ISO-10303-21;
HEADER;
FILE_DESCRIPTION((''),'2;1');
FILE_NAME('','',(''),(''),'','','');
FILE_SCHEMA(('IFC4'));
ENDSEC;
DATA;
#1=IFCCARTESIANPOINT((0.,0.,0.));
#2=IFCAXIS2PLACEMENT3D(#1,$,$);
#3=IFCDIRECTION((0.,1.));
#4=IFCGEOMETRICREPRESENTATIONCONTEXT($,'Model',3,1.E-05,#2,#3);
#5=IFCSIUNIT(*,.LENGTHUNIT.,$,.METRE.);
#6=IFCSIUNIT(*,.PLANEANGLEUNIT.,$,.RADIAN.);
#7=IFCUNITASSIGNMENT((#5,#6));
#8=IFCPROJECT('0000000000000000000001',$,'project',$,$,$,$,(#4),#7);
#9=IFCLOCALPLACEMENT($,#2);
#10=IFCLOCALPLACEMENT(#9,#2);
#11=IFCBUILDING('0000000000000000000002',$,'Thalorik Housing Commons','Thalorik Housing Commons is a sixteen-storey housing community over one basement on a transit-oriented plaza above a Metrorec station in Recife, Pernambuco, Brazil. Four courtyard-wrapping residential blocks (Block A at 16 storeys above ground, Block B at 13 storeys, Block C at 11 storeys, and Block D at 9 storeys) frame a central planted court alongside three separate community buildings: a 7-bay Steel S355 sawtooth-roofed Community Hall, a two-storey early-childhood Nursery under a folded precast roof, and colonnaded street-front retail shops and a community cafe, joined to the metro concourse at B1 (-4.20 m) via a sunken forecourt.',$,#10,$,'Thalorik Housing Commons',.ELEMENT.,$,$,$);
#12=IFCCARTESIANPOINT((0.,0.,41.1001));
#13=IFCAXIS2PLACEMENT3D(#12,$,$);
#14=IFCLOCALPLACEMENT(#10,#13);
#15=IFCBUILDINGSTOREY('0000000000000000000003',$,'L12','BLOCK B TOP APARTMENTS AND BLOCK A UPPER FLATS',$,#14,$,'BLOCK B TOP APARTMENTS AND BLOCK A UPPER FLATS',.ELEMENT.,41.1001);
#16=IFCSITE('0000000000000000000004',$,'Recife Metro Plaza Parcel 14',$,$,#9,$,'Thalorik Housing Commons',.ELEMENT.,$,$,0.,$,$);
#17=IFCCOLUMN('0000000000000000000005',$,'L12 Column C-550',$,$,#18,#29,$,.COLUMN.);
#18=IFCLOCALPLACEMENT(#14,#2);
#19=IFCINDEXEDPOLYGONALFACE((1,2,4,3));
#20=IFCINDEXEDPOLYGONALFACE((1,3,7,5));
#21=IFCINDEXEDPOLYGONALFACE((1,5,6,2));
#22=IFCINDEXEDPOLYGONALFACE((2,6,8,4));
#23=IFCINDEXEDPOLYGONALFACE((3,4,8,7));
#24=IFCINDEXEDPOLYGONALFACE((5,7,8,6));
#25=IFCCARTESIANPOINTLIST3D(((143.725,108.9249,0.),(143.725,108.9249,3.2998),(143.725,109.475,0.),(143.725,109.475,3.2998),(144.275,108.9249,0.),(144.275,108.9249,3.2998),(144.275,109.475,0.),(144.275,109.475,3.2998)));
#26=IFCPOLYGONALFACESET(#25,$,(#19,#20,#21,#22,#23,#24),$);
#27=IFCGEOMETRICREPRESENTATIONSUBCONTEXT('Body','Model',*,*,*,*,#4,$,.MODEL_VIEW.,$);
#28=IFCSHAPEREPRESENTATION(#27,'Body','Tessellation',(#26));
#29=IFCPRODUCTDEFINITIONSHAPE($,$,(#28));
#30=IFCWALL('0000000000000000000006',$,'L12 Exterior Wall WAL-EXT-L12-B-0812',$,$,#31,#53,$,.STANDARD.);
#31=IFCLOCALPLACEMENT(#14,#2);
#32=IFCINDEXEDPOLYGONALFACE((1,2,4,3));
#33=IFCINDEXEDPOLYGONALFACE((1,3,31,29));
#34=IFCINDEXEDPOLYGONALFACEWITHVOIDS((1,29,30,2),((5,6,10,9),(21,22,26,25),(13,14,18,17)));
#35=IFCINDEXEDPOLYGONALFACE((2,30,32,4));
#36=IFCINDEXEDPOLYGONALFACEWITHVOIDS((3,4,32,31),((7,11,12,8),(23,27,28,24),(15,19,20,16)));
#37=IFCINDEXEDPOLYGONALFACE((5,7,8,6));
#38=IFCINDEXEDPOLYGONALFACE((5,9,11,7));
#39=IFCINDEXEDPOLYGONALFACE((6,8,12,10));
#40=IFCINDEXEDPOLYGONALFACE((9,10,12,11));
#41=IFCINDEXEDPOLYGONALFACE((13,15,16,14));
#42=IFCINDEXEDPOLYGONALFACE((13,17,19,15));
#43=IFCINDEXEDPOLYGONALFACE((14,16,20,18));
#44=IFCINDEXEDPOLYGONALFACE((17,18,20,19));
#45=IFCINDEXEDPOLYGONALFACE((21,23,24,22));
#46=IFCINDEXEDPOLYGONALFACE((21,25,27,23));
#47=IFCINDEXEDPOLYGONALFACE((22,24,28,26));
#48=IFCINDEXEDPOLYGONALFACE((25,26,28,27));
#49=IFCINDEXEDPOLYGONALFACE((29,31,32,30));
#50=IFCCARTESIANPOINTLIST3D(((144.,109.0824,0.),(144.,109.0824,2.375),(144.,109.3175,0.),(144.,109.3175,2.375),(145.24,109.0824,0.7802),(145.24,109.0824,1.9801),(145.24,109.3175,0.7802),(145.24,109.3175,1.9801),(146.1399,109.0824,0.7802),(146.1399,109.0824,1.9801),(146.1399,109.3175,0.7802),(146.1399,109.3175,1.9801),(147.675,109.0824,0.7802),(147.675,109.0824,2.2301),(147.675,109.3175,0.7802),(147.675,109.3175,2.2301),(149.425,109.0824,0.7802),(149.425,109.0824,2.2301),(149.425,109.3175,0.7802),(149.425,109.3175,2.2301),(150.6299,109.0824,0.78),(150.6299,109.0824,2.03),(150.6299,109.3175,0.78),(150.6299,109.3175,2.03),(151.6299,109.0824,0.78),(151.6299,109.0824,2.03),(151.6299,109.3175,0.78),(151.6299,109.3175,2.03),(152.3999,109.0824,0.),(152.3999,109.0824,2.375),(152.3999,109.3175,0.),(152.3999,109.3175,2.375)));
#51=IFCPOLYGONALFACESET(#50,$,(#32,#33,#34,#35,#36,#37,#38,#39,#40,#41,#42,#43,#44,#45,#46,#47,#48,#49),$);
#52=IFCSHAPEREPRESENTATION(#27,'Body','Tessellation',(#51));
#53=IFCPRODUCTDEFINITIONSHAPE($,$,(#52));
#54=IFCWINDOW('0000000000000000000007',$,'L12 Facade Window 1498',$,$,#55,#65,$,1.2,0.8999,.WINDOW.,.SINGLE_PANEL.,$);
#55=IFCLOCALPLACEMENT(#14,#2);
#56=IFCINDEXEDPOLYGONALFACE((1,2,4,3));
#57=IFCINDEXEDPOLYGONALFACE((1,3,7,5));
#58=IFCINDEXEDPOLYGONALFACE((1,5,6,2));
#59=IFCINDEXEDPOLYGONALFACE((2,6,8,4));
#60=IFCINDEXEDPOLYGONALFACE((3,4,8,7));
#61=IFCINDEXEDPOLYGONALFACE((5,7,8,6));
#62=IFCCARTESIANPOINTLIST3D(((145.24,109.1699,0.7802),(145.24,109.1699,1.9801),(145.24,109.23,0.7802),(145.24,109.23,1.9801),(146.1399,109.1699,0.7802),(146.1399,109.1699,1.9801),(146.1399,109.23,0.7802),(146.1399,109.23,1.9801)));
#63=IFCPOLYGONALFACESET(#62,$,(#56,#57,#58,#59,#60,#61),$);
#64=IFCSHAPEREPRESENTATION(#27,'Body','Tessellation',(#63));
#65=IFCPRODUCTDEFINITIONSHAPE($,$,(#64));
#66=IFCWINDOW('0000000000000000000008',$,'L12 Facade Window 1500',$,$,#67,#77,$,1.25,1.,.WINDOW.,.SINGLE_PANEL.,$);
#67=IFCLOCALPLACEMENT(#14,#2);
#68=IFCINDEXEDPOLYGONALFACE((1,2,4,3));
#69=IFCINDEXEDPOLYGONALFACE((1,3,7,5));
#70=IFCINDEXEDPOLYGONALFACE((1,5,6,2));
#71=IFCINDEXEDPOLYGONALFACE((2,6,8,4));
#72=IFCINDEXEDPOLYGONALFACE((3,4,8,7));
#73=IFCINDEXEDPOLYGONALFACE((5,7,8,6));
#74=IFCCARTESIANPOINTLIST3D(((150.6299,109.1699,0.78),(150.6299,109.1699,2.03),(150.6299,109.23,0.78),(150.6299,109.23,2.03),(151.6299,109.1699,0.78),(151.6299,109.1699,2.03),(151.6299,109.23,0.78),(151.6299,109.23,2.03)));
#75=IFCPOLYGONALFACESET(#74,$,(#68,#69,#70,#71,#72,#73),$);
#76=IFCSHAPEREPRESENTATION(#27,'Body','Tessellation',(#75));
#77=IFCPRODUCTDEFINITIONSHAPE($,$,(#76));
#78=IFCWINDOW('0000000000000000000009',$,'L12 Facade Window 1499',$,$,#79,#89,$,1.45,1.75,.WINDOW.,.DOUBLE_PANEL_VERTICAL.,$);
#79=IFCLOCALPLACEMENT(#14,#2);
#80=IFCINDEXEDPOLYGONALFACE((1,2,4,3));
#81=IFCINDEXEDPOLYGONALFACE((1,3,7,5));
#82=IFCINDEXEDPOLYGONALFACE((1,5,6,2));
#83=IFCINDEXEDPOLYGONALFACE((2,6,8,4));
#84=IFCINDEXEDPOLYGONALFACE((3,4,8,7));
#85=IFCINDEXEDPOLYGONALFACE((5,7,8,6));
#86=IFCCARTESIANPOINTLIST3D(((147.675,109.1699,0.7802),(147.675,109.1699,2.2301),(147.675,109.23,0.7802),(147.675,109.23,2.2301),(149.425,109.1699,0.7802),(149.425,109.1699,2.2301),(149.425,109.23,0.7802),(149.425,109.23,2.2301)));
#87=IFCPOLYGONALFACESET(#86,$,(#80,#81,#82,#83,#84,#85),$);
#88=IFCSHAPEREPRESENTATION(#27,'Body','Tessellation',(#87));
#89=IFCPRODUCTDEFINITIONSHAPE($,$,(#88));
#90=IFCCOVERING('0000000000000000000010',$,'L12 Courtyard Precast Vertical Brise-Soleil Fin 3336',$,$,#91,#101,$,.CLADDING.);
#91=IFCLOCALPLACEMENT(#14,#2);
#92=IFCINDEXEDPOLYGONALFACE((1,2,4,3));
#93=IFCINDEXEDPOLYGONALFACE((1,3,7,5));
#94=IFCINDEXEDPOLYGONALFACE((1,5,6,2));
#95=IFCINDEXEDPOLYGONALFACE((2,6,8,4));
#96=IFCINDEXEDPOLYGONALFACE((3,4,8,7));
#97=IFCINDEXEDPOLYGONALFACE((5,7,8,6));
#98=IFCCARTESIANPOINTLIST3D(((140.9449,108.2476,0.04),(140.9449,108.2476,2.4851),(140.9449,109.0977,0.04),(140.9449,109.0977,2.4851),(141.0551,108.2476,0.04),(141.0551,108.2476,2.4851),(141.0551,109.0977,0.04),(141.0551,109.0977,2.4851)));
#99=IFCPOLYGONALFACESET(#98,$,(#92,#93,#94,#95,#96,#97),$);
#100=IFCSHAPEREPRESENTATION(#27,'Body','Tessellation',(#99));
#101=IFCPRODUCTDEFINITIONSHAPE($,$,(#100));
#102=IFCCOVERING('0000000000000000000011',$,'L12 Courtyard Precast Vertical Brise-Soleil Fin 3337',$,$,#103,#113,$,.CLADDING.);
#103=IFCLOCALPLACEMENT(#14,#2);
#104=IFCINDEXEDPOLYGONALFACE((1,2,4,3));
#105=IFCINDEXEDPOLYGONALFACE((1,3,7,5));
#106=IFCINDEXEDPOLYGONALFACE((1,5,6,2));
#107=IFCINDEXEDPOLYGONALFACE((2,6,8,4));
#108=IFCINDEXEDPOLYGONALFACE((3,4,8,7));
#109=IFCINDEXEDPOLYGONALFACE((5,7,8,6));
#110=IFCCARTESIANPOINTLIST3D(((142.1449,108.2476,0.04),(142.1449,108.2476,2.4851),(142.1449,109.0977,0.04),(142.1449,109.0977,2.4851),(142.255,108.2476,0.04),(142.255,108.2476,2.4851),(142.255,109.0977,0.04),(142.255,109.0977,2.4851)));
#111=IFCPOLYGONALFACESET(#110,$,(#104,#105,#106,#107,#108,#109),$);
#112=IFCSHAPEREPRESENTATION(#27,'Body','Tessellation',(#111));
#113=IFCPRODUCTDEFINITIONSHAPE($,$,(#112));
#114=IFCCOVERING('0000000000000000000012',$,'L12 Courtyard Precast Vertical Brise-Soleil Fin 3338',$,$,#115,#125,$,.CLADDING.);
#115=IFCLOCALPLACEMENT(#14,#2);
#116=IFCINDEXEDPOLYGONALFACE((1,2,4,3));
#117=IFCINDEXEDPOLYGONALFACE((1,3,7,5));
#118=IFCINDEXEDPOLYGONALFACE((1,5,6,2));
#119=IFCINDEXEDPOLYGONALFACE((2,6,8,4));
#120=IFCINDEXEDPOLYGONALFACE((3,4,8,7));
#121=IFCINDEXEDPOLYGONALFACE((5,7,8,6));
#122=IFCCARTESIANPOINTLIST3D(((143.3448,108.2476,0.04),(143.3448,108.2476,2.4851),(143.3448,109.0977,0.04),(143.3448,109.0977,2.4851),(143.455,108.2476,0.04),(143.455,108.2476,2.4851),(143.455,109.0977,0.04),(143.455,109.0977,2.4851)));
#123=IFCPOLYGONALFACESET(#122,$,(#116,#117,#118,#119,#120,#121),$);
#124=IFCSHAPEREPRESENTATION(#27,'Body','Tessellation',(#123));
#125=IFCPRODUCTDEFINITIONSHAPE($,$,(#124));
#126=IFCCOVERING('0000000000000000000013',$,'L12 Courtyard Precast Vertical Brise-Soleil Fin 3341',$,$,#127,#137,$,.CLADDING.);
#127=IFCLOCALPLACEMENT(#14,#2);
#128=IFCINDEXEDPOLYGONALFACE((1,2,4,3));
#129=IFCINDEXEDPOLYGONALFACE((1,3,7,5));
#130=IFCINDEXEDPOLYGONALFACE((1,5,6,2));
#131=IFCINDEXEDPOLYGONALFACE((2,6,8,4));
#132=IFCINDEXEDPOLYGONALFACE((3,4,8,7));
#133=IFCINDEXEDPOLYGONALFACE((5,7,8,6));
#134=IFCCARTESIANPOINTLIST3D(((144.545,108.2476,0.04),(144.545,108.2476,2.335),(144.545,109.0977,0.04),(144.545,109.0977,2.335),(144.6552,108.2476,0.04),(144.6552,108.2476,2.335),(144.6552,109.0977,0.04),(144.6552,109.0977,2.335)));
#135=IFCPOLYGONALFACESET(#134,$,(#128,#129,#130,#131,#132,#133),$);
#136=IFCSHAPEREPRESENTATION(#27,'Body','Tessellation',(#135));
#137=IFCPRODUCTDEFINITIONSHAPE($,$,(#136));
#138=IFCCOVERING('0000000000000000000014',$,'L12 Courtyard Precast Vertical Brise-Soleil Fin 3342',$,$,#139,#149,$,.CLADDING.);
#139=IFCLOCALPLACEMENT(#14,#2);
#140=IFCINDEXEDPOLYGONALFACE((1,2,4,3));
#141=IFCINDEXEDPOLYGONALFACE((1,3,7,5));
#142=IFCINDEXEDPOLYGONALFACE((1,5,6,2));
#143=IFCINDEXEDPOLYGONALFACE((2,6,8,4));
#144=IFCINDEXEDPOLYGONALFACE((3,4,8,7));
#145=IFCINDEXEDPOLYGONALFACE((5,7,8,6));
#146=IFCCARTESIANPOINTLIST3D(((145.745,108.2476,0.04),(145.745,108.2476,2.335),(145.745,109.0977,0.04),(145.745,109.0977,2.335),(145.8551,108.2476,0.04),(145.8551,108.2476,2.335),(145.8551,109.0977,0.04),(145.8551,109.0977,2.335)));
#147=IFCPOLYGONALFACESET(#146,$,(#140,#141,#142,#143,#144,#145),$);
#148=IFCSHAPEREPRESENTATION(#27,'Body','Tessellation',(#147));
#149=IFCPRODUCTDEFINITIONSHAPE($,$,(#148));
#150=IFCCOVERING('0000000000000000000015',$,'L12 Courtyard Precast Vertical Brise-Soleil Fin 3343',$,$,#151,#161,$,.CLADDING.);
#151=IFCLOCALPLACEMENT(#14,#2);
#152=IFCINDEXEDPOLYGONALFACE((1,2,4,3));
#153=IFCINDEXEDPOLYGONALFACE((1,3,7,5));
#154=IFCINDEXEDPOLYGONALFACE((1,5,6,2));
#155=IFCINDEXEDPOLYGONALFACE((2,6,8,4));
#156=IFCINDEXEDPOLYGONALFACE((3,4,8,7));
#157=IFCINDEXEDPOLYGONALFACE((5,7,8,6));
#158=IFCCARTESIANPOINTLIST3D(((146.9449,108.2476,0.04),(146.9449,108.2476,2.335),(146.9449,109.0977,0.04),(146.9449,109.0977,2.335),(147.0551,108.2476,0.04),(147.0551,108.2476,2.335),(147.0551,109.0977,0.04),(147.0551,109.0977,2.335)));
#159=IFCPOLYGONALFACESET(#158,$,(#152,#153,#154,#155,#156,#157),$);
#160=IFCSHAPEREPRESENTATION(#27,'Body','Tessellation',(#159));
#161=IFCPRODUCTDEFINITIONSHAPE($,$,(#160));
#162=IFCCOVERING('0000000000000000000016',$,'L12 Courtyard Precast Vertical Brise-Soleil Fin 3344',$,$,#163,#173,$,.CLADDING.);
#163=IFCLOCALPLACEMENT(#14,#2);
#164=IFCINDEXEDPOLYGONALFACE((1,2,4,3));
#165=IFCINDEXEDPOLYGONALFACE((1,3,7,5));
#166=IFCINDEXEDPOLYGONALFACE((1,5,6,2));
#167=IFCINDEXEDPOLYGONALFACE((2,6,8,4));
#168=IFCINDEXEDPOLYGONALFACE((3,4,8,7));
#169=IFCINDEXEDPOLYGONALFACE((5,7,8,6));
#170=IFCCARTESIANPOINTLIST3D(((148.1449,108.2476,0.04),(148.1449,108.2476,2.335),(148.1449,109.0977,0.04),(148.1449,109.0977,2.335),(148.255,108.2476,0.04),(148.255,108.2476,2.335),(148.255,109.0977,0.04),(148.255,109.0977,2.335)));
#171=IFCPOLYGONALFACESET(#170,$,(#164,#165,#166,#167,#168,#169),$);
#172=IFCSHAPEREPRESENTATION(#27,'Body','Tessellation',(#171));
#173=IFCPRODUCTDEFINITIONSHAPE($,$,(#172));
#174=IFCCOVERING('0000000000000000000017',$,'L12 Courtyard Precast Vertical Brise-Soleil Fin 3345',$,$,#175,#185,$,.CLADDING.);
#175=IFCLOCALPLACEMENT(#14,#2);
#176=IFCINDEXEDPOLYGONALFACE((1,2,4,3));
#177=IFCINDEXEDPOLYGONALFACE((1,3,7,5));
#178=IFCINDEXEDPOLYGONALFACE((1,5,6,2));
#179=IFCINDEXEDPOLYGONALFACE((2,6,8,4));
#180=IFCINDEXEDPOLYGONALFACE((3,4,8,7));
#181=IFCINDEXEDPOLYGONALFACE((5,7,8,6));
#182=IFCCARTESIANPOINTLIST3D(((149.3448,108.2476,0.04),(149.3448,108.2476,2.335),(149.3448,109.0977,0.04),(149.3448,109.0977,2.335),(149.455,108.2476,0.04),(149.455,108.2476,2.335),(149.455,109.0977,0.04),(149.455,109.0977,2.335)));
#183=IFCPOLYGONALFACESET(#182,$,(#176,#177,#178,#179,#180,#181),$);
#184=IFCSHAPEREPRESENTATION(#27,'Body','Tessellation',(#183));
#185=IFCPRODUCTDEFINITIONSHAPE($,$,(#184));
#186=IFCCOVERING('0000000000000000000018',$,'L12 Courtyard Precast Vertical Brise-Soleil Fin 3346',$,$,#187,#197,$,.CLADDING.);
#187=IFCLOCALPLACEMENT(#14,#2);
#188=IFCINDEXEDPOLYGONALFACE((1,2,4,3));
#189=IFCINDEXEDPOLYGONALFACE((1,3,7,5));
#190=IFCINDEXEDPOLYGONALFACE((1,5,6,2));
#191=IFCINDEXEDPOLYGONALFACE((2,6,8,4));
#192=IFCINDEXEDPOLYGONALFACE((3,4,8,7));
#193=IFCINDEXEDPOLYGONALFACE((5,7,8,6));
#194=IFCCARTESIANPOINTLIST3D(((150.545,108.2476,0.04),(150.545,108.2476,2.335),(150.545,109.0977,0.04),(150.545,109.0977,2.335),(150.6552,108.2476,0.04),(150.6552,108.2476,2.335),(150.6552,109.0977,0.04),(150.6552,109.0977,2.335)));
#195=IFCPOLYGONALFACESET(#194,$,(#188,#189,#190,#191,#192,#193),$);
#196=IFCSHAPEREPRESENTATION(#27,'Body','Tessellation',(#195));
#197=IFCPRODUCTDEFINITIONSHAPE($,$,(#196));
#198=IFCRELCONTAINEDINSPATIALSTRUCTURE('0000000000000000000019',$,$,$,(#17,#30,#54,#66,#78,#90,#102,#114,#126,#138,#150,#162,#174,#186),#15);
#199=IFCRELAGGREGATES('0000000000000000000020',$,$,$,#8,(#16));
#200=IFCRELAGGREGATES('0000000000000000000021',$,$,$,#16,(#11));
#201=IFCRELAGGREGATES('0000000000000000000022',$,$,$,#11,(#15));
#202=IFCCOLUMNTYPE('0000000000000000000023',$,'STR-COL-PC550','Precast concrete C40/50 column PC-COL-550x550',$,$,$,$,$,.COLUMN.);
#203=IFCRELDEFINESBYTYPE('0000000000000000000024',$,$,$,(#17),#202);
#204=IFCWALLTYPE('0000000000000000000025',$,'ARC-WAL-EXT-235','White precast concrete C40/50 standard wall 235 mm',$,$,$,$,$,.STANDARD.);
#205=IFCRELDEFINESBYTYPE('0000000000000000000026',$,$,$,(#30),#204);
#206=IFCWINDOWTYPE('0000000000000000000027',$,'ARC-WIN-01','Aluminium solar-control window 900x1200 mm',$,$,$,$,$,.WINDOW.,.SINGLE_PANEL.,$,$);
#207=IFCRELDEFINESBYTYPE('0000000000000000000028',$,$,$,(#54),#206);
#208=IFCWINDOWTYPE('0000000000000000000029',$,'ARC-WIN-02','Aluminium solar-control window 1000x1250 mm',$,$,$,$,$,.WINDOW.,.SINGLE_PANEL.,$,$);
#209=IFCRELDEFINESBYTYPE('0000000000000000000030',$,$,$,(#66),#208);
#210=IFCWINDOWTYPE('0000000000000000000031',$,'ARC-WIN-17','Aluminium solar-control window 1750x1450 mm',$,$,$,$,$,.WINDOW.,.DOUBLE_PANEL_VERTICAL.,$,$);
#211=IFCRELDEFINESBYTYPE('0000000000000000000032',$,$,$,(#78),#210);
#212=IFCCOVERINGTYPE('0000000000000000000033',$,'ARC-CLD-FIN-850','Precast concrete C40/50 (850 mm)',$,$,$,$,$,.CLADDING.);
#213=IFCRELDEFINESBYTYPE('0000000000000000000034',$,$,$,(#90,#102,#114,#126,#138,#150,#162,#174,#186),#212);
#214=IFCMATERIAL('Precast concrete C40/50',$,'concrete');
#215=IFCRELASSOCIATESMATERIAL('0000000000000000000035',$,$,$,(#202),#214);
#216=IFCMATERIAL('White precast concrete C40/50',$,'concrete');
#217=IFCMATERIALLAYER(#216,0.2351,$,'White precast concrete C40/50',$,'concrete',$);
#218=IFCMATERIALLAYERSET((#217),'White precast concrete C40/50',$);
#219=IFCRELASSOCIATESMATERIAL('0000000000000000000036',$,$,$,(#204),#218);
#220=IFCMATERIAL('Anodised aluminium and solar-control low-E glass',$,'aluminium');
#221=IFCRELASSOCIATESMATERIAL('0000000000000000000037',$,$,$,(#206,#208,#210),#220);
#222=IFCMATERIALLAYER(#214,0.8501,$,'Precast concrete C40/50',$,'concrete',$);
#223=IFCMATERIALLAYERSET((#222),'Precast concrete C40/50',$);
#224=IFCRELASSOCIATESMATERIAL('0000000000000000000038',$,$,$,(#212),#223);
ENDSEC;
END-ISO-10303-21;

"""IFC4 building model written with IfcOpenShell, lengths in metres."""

from ifc_helpers import new_model, si_unit, direction, frame, frame_2d, origin, origin_2d, place, context, subcontext, project, spatial, rectangle, extrude, material, layer, layer_set, material_profile, profile_set, type_object, element, fill, save


model = new_model("IFC4")

# Units and contexts
model_context = context("Model", 3, precision=1e-05, world=origin(), true_north=direction((0.0, 1.0)))
body_context = subcontext(model_context, "Body", "Model", "MODEL_VIEW")
ifc_project = project(units=[si_unit("LENGTHUNIT", "METRE"), si_unit("PLANEANGLEUNIT", "RADIAN")], contexts=[model_context])

# Site, building, storey
site_placement = place(None, origin())
site = spatial("IfcSite", under=ifc_project, at=site_placement, Name="Recife Metro Plaza Parcel 14", LongName="Thalorik Housing Commons", CompositionType="ELEMENT", RefElevation=0.0)
building_placement = place(site_placement, origin())
building = spatial("IfcBuilding", under=site, at=building_placement, Name="Thalorik Housing Commons", Description="Thalorik Housing Commons is a sixteen-storey housing community over one basement on a transit-oriented plaza above a Metrorec station in Recife, Pernambuco, Brazil. Four courtyard-wrapping residential blocks (Block A at 16 storeys above ground, Block B at 13 storeys, Block C at 11 storeys, and Block D at 9 storeys) frame a central planted court alongside three separate community buildings: a 7-bay Steel S355 sawtooth-roofed Community Hall, a two-storey early-childhood Nursery under a folded precast roof, and colonnaded street-front retail shops and a community cafe, joined to the metro concourse at B1 (-4.20 m) via a sunken forecourt.", LongName="Thalorik Housing Commons", CompositionType="ELEMENT")
storey_placement = place(building_placement, frame((0.0, 0.0, 41.1001)))
storey = spatial("IfcBuildingStorey", under=building, at=storey_placement, Name="L12", Description="BLOCK B TOP APARTMENTS AND BLOCK A UPPER FLATS", LongName="BLOCK B TOP APARTMENTS AND BLOCK A UPPER FLATS", CompositionType="ELEMENT", Elevation=41.1001)

# Column
ifc_material_1 = material(Name="Precast concrete C40/50", Category="concrete")
ifc_material_profile = material_profile(ifc_material_1, rectangle(XDim=0.55, YDim=0.55, at=origin_2d()), Name="PC 550x550", Category="concrete")
ifc_profile_set = profile_set([ifc_material_profile], Name="Precast concrete C40/50")
column_type = type_object("IfcColumnType", Name="STR-COL-PC550", Description="Precast concrete C40/50 column PC-COL-550x550", PredefinedType="COLUMN", material=ifc_profile_set)
column_placement = place(storey_placement, frame((144.0, 109.2, 0.0), z_axis=(0.0, 0.0, 1.0), x_axis=(1.0, 0.0, 0.0)))
element("IfcColumn", 1, at=column_placement, inside=storey, type_object=column_type, Name="L12 Column C-550", PredefinedType="COLUMN", context=body_context, shape_type="SweptSolid", body=[
    extrude(rectangle(XDim=0.55, YDim=0.55, at=origin_2d()), origin(), (0.0, 0.0, 1.0), 3.2998),
])

# Wall, openings, windows
ifc_material_2 = material(Name="White precast concrete C40/50", Category="concrete")
ifc_layer_1 = layer(ifc_material_2, 0.2351, Name="White precast concrete C40/50", Category="concrete")
ifc_layer_set_1 = layer_set([ifc_layer_1], Name="White precast concrete C40/50")
wall_type = type_object("IfcWallType", Name="ARC-WAL-EXT-235", Description="White precast concrete C40/50 standard wall 235 mm", PredefinedType="STANDARD", material=ifc_layer_set_1)
wall_placement = place(storey_placement, frame((144.0, 109.2, 0.0), z_axis=(0.0, 0.0, 1.0), x_axis=(1.0, 0.0, 0.0)))
wall = element("IfcWall", 2, at=wall_placement, inside=storey, type_object=wall_type, Name="L12 Exterior Wall WAL-EXT-L12-B-0812", PredefinedType="STANDARD", context=body_context, shape_type="SweptSolid", body=[
    extrude(rectangle(XDim=8.3999, YDim=0.2351, at=frame_2d((4.2, 0.0))), origin(), (0.0, 0.0, 1.0), 2.375),
])
opening_1_placement = place(wall_placement, frame((1.24, 0.0, 0.78)))
opening_1 = element("IfcOpeningElement", 3, at=opening_1_placement, cuts=wall, PredefinedType="OPENING", context=body_context, shape_type="SweptSolid", body=[
    extrude(rectangle(XDim=0.8999, YDim=1.2, at=frame_2d((0.45, 0.6001))), frame((0.0, 0.1274, 0.0), z_axis=(0.0, -1.0, 0.0), x_axis=(1.0, 0.0, 0.0)), (0.0, 0.0, 1.0), 0.2551),
])
opening_2_placement = place(wall_placement, frame((3.675, 0.0, 0.78)))
opening_2 = element("IfcOpeningElement", 4, at=opening_2_placement, cuts=wall, PredefinedType="OPENING", context=body_context, shape_type="SweptSolid", body=[
    extrude(rectangle(XDim=1.75, YDim=1.45, at=frame_2d((0.875, 0.7251))), frame((0.0, 0.1274, 0.0), z_axis=(0.0, -1.0, 0.0), x_axis=(1.0, 0.0, 0.0)), (0.0, 0.0, 1.0), 0.2551),
])
opening_3_placement = place(wall_placement, frame((6.6299, 0.0, 0.78)))
opening_3 = element("IfcOpeningElement", 5, at=opening_3_placement, cuts=wall, PredefinedType="OPENING", context=body_context, shape_type="SweptSolid", body=[
    extrude(rectangle(XDim=1.0, YDim=1.25, at=frame_2d((0.5, 0.625))), frame((0.0, 0.1274, 0.0), z_axis=(0.0, -1.0, 0.0), x_axis=(1.0, 0.0, 0.0)), (0.0, 0.0, 1.0), 0.2551),
])
ifc_material_3 = material(Name="Anodised aluminium and solar-control low-E glass", Category="aluminium")
window_type_1 = type_object("IfcWindowType", Name="ARC-WIN-01", Description="Aluminium solar-control window 900x1200 mm", PartitioningType="SINGLE_PANEL", PredefinedType="WINDOW", material=ifc_material_3)
window_1_placement = place(opening_1_placement, origin())
window_1 = element("IfcWindow", 6, at=window_1_placement, inside=storey, type_object=window_type_1, Name="L12 Facade Window 1498", OverallHeight=1.2, OverallWidth=0.8999, PartitioningType="SINGLE_PANEL", PredefinedType="WINDOW", context=body_context, shape_type="SweptSolid", body=[
    extrude(rectangle(XDim=0.8999, YDim=1.2, at=frame_2d((0.45, 0.6001))), frame((0.0, 0.03, 0.0), z_axis=(0.0, -1.0, 0.0), x_axis=(1.0, 0.0, 0.0)), (0.0, 0.0, 1.0), 0.0601),
])
fill(opening_1, window_1)
window_type_2 = type_object("IfcWindowType", Name="ARC-WIN-02", Description="Aluminium solar-control window 1000x1250 mm", PartitioningType="SINGLE_PANEL", PredefinedType="WINDOW", material=ifc_material_3)
window_2_placement = place(opening_3_placement, origin())
window_2 = element("IfcWindow", 7, at=window_2_placement, inside=storey, type_object=window_type_2, Name="L12 Facade Window 1500", OverallHeight=1.25, OverallWidth=1.0, PartitioningType="SINGLE_PANEL", PredefinedType="WINDOW", context=body_context, shape_type="SweptSolid", body=[
    extrude(rectangle(XDim=1.0, YDim=1.25, at=frame_2d((0.5, 0.625))), frame((0.0, 0.03, 0.0), z_axis=(0.0, -1.0, 0.0), x_axis=(1.0, 0.0, 0.0)), (0.0, 0.0, 1.0), 0.0601),
])
fill(opening_3, window_2)
window_type_3 = type_object("IfcWindowType", Name="ARC-WIN-17", Description="Aluminium solar-control window 1750x1450 mm", PartitioningType="DOUBLE_PANEL_VERTICAL", PredefinedType="WINDOW", material=ifc_material_3)
window_3_placement = place(opening_2_placement, origin())
window_3 = element("IfcWindow", 8, at=window_3_placement, inside=storey, type_object=window_type_3, Name="L12 Facade Window 1499", OverallHeight=1.45, OverallWidth=1.75, PartitioningType="DOUBLE_PANEL_VERTICAL", PredefinedType="WINDOW", context=body_context, shape_type="SweptSolid", body=[
    extrude(rectangle(XDim=1.75, YDim=1.45, at=frame_2d((0.875, 0.7251))), frame((0.0, 0.03, 0.0), z_axis=(0.0, -1.0, 0.0), x_axis=(1.0, 0.0, 0.0)), (0.0, 0.0, 1.0), 0.0601),
])
fill(opening_2, window_3)

# Coverings
ifc_layer_2 = layer(ifc_material_1, 0.8501, Name="Precast concrete C40/50", Category="concrete")
ifc_layer_set_2 = layer_set([ifc_layer_2], Name="Precast concrete C40/50")
covering_type_1 = type_object("IfcCoveringType", Name="ARC-CLD-FIN-850", Description="Precast concrete C40/50 (850 mm)", PredefinedType="CLADDING", material=ifc_layer_set_2)
for number, where, z_axis, x_axis, name in (
    (9, (141.0, 108.6726, 0.04), (0.0, 0.0, 1.0), (1.0, 0.0, 0.0), "L12 Courtyard Precast Vertical Brise-Soleil Fin 3336"),
    (10, (142.2, 108.6726, 0.04), (0.0, 0.0, 1.0), (1.0, 0.0, 0.0), "L12 Courtyard Precast Vertical Brise-Soleil Fin 3337"),
    (11, (143.3999, 108.6726, 0.04), (0.0, 0.0, 1.0), (1.0, 0.0, 0.0), "L12 Courtyard Precast Vertical Brise-Soleil Fin 3338"),
):
    element("IfcCovering", number, at=place(storey_placement, frame(where, z_axis=z_axis, x_axis=x_axis)), inside=storey, type_object=covering_type_1, Name=name, PredefinedType="CLADDING", context=body_context, shape_type="SweptSolid", body=[
        extrude(rectangle(XDim=0.1101, YDim=0.8501, at=origin_2d()), origin(), (0.0, 0.0, 1.0), 2.4451),
    ])
for number, where, z_axis, x_axis, name in (
    (12, (144.6001, 108.6726, 0.04), (0.0, 0.0, 1.0), (1.0, 0.0, 0.0), "L12 Courtyard Precast Vertical Brise-Soleil Fin 3341"),
    (13, (145.8, 108.6726, 0.04), (0.0, 0.0, 1.0), (1.0, 0.0, 0.0), "L12 Courtyard Precast Vertical Brise-Soleil Fin 3342"),
    (14, (147.0, 108.6726, 0.04), (0.0, 0.0, 1.0), (1.0, 0.0, 0.0), "L12 Courtyard Precast Vertical Brise-Soleil Fin 3343"),
    (15, (148.2, 108.6726, 0.04), (0.0, 0.0, 1.0), (1.0, 0.0, 0.0), "L12 Courtyard Precast Vertical Brise-Soleil Fin 3344"),
    (16, (149.3999, 108.6726, 0.04), (0.0, 0.0, 1.0), (1.0, 0.0, 0.0), "L12 Courtyard Precast Vertical Brise-Soleil Fin 3345"),
    (17, (150.6001, 108.6726, 0.04), (0.0, 0.0, 1.0), (1.0, 0.0, 0.0), "L12 Courtyard Precast Vertical Brise-Soleil Fin 3346"),
):
    element("IfcCovering", number, at=place(storey_placement, frame(where, z_axis=z_axis, x_axis=x_axis)), inside=storey, type_object=covering_type_1, Name=name, PredefinedType="CLADDING", context=body_context, shape_type="SweptSolid", body=[
        extrude(rectangle(XDim=0.1101, YDim=0.8501, at=origin_2d()), origin(), (0.0, 0.0, 1.0), 2.2949),
    ])

save(model, "model.ifc")
